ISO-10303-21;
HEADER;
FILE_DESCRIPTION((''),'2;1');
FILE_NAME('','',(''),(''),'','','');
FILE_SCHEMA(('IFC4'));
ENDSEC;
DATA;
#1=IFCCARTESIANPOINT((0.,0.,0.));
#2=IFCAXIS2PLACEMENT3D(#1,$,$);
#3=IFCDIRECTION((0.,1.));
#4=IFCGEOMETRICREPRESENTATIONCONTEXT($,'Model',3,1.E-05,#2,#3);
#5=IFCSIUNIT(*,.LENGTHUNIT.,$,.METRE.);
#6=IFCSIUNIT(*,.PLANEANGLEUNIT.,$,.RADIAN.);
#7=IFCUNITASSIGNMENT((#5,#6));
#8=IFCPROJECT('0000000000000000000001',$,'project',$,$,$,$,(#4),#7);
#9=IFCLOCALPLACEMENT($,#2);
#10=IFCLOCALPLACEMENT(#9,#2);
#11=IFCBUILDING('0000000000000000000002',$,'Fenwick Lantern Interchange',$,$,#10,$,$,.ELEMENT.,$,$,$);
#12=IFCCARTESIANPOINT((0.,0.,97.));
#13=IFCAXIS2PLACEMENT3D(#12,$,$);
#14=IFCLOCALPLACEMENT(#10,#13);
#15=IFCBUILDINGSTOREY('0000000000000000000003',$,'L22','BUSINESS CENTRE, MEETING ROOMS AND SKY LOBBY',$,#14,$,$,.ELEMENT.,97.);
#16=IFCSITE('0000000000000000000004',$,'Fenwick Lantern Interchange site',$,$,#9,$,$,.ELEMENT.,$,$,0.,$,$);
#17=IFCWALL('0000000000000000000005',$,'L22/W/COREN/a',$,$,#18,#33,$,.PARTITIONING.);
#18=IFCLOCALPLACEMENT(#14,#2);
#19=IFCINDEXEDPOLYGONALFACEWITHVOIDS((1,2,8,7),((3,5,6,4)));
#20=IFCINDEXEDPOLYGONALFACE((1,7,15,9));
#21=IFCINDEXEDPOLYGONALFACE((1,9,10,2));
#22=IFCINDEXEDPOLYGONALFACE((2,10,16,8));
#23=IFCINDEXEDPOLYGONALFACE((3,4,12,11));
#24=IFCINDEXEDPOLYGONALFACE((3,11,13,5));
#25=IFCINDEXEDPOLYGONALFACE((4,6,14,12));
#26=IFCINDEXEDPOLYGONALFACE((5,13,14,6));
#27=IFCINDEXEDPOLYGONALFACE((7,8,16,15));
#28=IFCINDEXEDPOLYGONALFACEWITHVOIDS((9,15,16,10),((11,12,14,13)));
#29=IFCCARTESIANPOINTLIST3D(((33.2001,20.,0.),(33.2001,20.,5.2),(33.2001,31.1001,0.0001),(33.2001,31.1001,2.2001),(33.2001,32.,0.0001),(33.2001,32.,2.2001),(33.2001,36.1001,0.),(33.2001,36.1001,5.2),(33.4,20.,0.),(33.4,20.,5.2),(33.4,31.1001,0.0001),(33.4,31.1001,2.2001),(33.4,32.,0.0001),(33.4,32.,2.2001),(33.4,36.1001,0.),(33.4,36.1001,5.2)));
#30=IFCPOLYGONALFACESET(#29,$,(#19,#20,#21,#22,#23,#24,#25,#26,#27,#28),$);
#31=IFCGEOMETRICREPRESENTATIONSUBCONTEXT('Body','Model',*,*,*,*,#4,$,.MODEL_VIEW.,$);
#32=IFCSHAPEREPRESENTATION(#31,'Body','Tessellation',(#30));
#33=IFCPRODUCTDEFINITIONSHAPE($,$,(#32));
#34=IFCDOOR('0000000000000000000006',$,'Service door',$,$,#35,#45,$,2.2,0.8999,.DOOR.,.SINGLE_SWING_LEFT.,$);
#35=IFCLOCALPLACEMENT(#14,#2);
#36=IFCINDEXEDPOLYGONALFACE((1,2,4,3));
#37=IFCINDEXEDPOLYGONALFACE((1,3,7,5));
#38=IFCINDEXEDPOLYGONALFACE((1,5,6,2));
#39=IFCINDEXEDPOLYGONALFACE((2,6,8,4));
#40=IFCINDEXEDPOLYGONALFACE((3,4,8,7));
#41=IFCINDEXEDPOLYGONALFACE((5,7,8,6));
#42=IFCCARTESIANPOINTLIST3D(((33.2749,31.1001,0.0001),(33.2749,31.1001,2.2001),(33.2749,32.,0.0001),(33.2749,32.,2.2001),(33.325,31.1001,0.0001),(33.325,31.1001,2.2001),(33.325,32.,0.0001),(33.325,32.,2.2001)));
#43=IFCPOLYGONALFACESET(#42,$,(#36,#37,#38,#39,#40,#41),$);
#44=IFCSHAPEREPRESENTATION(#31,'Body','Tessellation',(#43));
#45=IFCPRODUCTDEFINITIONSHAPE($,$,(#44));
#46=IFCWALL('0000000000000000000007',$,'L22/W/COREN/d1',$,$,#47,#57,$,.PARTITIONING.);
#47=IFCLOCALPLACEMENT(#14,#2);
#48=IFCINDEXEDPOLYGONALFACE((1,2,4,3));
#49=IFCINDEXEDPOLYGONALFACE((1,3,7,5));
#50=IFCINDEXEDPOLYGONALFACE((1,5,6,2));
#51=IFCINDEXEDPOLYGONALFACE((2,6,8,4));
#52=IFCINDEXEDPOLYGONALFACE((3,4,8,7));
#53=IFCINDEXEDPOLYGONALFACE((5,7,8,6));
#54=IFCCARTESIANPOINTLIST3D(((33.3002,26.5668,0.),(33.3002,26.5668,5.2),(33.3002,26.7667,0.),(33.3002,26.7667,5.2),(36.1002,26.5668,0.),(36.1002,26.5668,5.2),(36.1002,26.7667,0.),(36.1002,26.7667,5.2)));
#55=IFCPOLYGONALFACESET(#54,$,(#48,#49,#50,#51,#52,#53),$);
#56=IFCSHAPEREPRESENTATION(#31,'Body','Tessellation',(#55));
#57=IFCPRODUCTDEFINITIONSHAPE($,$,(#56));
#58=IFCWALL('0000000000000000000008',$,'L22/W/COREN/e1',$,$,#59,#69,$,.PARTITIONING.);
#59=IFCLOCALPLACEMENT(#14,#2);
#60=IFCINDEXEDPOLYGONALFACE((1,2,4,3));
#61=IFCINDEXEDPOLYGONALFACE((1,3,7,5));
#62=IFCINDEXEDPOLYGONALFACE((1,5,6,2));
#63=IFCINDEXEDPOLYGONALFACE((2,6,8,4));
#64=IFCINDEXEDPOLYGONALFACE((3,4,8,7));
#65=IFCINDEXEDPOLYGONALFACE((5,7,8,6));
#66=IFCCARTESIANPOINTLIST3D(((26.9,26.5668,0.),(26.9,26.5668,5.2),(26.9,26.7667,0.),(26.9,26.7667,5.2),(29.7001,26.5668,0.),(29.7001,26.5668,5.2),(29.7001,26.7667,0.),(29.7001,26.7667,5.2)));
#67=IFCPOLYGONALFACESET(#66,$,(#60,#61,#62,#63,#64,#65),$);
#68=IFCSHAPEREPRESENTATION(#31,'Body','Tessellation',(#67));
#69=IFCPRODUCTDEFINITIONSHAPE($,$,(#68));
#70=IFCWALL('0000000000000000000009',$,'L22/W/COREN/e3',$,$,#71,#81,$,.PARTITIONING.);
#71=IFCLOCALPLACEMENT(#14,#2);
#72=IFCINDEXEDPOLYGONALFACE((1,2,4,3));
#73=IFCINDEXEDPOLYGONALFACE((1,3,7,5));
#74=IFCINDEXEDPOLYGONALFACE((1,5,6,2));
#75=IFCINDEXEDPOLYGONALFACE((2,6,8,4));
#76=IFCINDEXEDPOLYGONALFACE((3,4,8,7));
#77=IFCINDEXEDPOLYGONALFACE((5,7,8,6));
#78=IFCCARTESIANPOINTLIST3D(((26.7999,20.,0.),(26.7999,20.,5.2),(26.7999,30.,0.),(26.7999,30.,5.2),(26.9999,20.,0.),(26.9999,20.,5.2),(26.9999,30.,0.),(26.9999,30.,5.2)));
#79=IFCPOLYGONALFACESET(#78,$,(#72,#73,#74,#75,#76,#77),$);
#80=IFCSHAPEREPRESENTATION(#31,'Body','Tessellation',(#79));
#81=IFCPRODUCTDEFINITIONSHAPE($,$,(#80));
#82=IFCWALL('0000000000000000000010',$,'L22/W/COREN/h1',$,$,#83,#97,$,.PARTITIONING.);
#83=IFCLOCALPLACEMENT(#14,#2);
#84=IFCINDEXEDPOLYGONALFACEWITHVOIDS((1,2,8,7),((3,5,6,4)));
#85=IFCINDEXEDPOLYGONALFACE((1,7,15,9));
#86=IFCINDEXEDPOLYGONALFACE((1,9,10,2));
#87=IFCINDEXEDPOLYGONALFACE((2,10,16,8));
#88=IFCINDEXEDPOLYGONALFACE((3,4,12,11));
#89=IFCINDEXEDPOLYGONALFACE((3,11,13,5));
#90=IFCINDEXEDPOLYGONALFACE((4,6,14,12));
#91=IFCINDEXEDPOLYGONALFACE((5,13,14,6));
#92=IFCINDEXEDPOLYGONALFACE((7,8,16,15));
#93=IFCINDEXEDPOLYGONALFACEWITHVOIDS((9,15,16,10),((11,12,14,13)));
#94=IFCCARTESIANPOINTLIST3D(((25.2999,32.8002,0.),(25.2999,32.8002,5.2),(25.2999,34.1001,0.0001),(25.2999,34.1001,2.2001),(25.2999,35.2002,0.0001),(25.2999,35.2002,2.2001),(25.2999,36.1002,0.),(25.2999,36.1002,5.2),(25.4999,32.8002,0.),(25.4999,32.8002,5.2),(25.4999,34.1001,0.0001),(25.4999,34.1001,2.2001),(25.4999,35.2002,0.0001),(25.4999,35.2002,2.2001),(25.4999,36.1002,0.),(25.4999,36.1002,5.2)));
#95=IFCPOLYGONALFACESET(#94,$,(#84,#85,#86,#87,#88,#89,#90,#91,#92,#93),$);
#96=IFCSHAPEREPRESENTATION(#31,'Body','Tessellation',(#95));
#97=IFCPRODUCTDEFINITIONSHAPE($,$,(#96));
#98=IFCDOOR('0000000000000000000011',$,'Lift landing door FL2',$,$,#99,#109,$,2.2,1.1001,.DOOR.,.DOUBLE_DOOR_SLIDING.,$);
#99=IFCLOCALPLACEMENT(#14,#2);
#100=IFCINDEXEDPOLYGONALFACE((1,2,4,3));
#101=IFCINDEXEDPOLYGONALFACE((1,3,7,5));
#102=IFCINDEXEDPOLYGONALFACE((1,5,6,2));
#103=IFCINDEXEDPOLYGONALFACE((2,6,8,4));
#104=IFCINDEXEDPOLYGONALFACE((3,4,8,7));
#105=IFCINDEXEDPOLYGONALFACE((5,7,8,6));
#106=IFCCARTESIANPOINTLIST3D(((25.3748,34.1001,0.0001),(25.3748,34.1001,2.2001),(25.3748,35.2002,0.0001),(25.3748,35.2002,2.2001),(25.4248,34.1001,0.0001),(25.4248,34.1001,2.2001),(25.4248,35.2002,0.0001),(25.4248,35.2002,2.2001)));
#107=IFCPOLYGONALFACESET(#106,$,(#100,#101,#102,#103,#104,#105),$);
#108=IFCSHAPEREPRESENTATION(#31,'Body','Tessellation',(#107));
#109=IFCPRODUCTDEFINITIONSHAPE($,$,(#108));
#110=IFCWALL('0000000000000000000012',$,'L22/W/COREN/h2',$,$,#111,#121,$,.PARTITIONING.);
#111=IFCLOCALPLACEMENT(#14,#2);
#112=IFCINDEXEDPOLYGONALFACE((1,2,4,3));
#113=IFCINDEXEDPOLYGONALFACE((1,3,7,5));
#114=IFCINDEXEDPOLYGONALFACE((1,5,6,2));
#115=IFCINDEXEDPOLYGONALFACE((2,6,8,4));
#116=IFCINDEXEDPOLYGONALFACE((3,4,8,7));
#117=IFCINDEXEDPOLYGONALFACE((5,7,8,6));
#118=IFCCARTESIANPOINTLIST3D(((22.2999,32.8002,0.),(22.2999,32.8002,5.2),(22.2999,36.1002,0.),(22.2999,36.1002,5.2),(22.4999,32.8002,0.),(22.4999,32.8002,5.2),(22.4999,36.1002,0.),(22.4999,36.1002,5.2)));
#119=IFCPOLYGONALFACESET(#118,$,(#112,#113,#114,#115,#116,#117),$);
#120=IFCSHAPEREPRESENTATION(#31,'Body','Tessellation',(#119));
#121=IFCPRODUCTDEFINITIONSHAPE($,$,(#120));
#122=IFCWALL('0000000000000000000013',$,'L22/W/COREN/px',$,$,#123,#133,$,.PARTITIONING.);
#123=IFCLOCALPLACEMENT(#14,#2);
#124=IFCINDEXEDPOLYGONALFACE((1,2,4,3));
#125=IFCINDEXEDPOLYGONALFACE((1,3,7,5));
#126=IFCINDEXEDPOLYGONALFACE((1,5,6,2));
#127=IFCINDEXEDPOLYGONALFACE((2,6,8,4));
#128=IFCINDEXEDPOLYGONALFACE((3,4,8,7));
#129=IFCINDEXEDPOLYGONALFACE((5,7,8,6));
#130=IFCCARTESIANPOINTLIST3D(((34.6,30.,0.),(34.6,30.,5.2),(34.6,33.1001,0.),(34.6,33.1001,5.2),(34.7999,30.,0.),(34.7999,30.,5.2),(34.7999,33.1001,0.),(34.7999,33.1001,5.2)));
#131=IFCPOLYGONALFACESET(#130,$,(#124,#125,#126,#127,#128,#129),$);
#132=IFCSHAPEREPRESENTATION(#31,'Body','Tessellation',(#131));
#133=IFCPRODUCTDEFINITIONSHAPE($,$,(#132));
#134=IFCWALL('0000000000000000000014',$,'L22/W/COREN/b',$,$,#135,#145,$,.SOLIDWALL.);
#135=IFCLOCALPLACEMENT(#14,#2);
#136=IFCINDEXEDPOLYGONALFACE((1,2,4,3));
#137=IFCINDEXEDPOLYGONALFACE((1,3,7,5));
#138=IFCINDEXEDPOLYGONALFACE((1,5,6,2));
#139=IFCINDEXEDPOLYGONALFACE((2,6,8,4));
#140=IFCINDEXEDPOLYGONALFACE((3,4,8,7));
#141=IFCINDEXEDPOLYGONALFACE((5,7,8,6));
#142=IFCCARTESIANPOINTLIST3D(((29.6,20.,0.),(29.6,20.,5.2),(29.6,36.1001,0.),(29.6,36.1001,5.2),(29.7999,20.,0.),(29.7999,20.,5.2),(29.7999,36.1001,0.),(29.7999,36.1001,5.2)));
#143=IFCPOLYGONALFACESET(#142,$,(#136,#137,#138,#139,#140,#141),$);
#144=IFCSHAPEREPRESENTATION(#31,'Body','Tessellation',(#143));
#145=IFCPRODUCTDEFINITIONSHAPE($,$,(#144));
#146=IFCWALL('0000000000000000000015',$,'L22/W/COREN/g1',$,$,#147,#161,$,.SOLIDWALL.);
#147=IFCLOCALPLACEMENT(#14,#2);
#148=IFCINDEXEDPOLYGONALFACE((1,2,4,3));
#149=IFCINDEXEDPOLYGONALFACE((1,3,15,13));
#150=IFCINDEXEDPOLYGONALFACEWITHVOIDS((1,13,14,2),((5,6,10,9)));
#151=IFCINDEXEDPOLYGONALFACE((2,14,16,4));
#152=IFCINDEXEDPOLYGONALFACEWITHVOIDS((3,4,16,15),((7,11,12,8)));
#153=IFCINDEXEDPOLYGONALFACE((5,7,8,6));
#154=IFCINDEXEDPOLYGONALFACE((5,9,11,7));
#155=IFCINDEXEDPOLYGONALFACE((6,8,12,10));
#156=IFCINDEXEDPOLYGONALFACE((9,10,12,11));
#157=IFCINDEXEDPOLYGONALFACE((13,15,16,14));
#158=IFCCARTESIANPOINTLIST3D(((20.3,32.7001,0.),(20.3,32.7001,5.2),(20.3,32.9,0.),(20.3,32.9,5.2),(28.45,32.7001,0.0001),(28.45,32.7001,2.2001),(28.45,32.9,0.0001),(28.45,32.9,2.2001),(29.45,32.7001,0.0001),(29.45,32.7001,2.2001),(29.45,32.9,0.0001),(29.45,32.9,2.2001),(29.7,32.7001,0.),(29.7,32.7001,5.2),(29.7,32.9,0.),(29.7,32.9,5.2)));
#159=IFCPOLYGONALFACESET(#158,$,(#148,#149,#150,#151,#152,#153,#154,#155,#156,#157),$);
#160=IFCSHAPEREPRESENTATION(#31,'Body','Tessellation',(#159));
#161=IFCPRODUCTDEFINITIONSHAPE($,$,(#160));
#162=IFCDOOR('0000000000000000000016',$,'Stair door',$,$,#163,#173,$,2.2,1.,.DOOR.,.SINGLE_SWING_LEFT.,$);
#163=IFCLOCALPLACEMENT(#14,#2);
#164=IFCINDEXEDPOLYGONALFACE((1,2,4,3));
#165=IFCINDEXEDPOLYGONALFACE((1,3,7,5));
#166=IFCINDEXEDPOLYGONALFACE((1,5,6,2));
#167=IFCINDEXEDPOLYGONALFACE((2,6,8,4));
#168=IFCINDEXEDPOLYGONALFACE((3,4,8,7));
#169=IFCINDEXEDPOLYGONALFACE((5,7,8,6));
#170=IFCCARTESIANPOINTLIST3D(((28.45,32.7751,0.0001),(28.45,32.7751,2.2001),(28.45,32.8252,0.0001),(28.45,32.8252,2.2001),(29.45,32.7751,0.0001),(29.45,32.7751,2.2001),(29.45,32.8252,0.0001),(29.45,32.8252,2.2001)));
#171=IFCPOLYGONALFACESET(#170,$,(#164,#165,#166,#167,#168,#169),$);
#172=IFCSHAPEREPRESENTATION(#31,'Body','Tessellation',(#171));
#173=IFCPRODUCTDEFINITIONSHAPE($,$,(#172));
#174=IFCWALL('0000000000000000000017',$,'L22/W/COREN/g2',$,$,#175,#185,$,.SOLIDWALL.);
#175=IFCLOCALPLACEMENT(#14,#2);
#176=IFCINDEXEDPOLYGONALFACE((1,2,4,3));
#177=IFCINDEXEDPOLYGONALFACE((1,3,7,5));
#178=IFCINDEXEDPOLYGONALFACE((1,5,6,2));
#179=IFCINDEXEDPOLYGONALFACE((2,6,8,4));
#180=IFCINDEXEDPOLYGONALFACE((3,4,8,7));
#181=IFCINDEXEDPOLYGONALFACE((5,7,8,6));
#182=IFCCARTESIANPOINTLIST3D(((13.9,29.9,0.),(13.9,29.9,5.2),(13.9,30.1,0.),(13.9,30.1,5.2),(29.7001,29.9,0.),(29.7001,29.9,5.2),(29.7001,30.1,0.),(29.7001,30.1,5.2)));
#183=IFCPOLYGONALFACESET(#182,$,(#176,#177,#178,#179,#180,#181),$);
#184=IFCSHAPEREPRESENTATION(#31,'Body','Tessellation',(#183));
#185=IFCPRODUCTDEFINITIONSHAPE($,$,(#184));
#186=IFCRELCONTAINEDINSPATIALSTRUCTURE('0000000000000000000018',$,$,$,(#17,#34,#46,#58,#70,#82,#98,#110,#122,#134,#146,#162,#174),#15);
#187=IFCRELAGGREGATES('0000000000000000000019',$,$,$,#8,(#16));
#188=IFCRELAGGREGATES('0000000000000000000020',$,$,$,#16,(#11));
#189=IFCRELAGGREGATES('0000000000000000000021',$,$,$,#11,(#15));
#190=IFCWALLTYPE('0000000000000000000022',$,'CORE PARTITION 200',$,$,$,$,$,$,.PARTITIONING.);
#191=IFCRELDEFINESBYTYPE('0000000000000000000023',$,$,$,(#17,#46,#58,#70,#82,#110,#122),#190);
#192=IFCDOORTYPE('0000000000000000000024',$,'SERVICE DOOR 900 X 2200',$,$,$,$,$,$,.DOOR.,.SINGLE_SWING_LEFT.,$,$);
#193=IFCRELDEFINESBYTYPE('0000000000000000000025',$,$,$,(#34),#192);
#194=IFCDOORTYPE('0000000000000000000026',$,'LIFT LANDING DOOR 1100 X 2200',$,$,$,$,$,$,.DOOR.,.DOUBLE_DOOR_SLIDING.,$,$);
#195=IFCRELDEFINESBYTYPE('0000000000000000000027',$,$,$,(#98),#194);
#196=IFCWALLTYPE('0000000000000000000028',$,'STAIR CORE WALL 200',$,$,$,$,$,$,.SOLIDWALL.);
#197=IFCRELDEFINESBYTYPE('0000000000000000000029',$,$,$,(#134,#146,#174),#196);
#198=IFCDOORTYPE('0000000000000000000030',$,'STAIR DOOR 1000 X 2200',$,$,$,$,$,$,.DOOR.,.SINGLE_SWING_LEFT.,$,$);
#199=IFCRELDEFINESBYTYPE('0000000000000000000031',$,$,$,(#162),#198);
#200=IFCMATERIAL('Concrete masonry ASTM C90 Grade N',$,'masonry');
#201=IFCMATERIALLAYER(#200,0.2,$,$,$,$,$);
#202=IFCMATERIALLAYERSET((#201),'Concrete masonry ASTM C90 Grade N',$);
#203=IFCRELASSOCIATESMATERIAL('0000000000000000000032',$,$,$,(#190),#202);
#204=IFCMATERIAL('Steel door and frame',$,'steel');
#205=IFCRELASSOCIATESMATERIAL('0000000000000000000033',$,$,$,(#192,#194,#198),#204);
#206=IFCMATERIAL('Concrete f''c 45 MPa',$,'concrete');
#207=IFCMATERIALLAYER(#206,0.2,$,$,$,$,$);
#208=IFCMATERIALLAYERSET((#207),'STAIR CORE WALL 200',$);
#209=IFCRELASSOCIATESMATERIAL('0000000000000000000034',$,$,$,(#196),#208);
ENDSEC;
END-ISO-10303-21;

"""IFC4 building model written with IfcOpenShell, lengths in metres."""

from ifc_helpers import new_model, si_unit, direction, frame, frame_2d, origin, place, context, subcontext, project, spatial, rectangle, extrude, material, layer, layer_set, type_object, element, fill, save


model = new_model("IFC4")

# Units and contexts
model_context = context("Model", 3, precision=1e-05, world=origin(), true_north=direction((0.0, 1.0)))
body_context = subcontext(model_context, "Body", "Model", "MODEL_VIEW")
ifc_project = project(units=[si_unit("LENGTHUNIT", "METRE"), si_unit("PLANEANGLEUNIT", "RADIAN")], contexts=[model_context])

# Site, building, storey
site_placement = place(None, origin())
site = spatial("IfcSite", under=ifc_project, at=site_placement, Name="Fenwick Lantern Interchange site", CompositionType="ELEMENT", RefElevation=0.0)
building_placement = place(site_placement, origin())
building = spatial("IfcBuilding", under=site, at=building_placement, Name="Fenwick Lantern Interchange", CompositionType="ELEMENT")
storey_placement = place(building_placement, frame((0.0, 0.0, 97.0)))
storey = spatial("IfcBuildingStorey", under=building, at=storey_placement, Name="L22", Description="BUSINESS CENTRE, MEETING ROOMS AND SKY LOBBY", CompositionType="ELEMENT", Elevation=97.0)

# Wall, opening, door
ifc_material_1 = material(Name="Concrete masonry ASTM C90 Grade N", Category="masonry")
ifc_layer_1 = layer(ifc_material_1, 0.2)
ifc_layer_set_1 = layer_set([ifc_layer_1], Name="Concrete masonry ASTM C90 Grade N")
wall_type_1 = type_object("IfcWallType", Name="CORE PARTITION 200", PredefinedType="PARTITIONING", material=ifc_layer_set_1)
wall_1_placement = place(storey_placement, frame((33.3, 36.1001, 0.0), z_axis=(0.0, 0.0, 1.0), x_axis=(0.0, -1.0, 0.0)))
wall_1 = element("IfcWall", 1, at=wall_1_placement, inside=storey, type_object=wall_type_1, Name="L22/W/COREN/a", PredefinedType="PARTITIONING", context=body_context, shape_type="SweptSolid", body=[
    extrude(rectangle(XDim=16.1001, YDim=0.2, at=frame_2d((8.05, 0.0))), origin(), (0.0, 0.0, 1.0), 5.2),
])
opening_1_placement = place(wall_1_placement, frame((4.1001, 0.0, 0.0)))
opening_1 = element("IfcOpeningElement", 2, at=opening_1_placement, cuts=wall_1, PredefinedType="OPENING", context=body_context, shape_type="SweptSolid", body=[
    extrude(rectangle(XDim=0.8999, YDim=2.2, at=frame_2d((0.45, 1.1001))), frame((0.0, 0.1099, 0.0), z_axis=(0.0, -1.0, 0.0), x_axis=(1.0, 0.0, 0.0)), (0.0, 0.0, 1.0), 0.22),
])
ifc_material_2 = material(Name="Steel door and frame", Category="steel")
door_type_1 = type_object("IfcDoorType", Name="SERVICE DOOR 900 X 2200", OperationType="SINGLE_SWING_LEFT", PredefinedType="DOOR", material=ifc_material_2)
door_1_placement = place(opening_1_placement, origin())
door_1 = element("IfcDoor", 3, at=door_1_placement, inside=storey, type_object=door_type_1, Name="Service door", OperationType="SINGLE_SWING_LEFT", OverallHeight=2.2, OverallWidth=0.8999, PredefinedType="DOOR", context=body_context, shape_type="SweptSolid", body=[
    extrude(rectangle(XDim=0.8999, YDim=2.2, at=frame_2d((0.45, 1.1001))), frame((0.0, 0.0249, 0.0), z_axis=(0.0, -1.0, 0.0), x_axis=(1.0, 0.0, 0.0)), (0.0, 0.0, 1.0), 0.05),
])
fill(opening_1, door_1)

# Walls
for number, where, z_axis, x_axis, name in (
    (4, (36.1001, 26.6667, 0.0), (0.0, 0.0, 1.0), (-1.0, 0.0, 0.0), "L22/W/COREN/d1"),
    (5, (29.7, 26.6667, 0.0), (0.0, 0.0, 1.0), (-1.0, 0.0, 0.0), "L22/W/COREN/e1"),
):
    element("IfcWall", number, at=place(storey_placement, frame(where, z_axis=z_axis, x_axis=x_axis)), inside=storey, type_object=wall_type_1, Name=name, PredefinedType="PARTITIONING", context=body_context, shape_type="SweptSolid", body=[
        extrude(rectangle(XDim=2.8, YDim=0.2, at=frame_2d((1.3999, 0.0))), origin(), (0.0, 0.0, 1.0), 5.2),
    ])
wall_2_placement = place(storey_placement, frame((26.8999, 30.0, 0.0), z_axis=(0.0, 0.0, 1.0), x_axis=(0.0, -1.0, 0.0)))
element("IfcWall", 6, at=wall_2_placement, inside=storey, type_object=wall_type_1, Name="L22/W/COREN/e3", PredefinedType="PARTITIONING", context=body_context, shape_type="SweptSolid", body=[
    extrude(rectangle(XDim=10.0, YDim=0.2, at=frame_2d((5.0, 0.0))), origin(), (0.0, 0.0, 1.0), 5.2),
])

# Wall, opening, door
wall_3_placement = place(storey_placement, frame((25.3999, 36.1001, 0.0), z_axis=(0.0, 0.0, 1.0), x_axis=(0.0, -1.0, 0.0)))
wall_3 = element("IfcWall", 7, at=wall_3_placement, inside=storey, type_object=wall_type_1, Name="L22/W/COREN/h1", PredefinedType="PARTITIONING", context=body_context, shape_type="SweptSolid", body=[
    extrude(rectangle(XDim=3.3, YDim=0.2, at=frame_2d((1.6499, 0.0))), origin(), (0.0, 0.0, 1.0), 5.2),
])
opening_2_placement = place(wall_3_placement, frame((0.8999, 0.0, 0.0)))
opening_2 = element("IfcOpeningElement", 8, at=opening_2_placement, cuts=wall_3, PredefinedType="OPENING", context=body_context, shape_type="SweptSolid", body=[
    extrude(rectangle(XDim=1.1001, YDim=2.2, at=frame_2d((0.55, 1.1001))), frame((0.0, 0.1099, 0.0), z_axis=(0.0, -1.0, 0.0), x_axis=(1.0, 0.0, 0.0)), (0.0, 0.0, 1.0), 0.22),
])
door_type_2 = type_object("IfcDoorType", Name="LIFT LANDING DOOR 1100 X 2200", OperationType="DOUBLE_DOOR_SLIDING", PredefinedType="DOOR", material=ifc_material_2)
door_2_placement = place(opening_2_placement, origin())
door_2 = element("IfcDoor", 9, at=door_2_placement, inside=storey, type_object=door_type_2, Name="Lift landing door FL2", OperationType="DOUBLE_DOOR_SLIDING", OverallHeight=2.2, OverallWidth=1.1001, PredefinedType="DOOR", context=body_context, shape_type="SweptSolid", body=[
    extrude(rectangle(XDim=1.1001, YDim=2.2, at=frame_2d((0.55, 1.1001))), frame((0.0, 0.0249, 0.0), z_axis=(0.0, -1.0, 0.0), x_axis=(1.0, 0.0, 0.0)), (0.0, 0.0, 1.0), 0.05),
])
fill(opening_2, door_2)

# Walls
wall_4_placement = place(storey_placement, frame((22.3999, 36.1001, 0.0), z_axis=(0.0, 0.0, 1.0), x_axis=(0.0, -1.0, 0.0)))
element("IfcWall", 10, at=wall_4_placement, inside=storey, type_object=wall_type_1, Name="L22/W/COREN/h2", PredefinedType="PARTITIONING", context=body_context, shape_type="SweptSolid", body=[
    extrude(rectangle(XDim=3.3, YDim=0.2, at=frame_2d((1.6499, 0.0))), origin(), (0.0, 0.0, 1.0), 5.2),
])
wall_5_placement = place(storey_placement, frame((34.7, 33.1001, 0.0), z_axis=(0.0, 0.0, 1.0), x_axis=(0.0, -1.0, 0.0)))
element("IfcWall", 11, at=wall_5_placement, inside=storey, type_object=wall_type_1, Name="L22/W/COREN/px", PredefinedType="PARTITIONING", context=body_context, shape_type="SweptSolid", body=[
    extrude(rectangle(XDim=3.1001, YDim=0.2, at=frame_2d((1.55, 0.0))), origin(), (0.0, 0.0, 1.0), 5.2),
])
ifc_material_3 = material(Name="Concrete f'c 45 MPa", Category="concrete")
ifc_layer_2 = layer(ifc_material_3, 0.2)
ifc_layer_set_2 = layer_set([ifc_layer_2], Name="STAIR CORE WALL 200")
wall_type_2 = type_object("IfcWallType", Name="STAIR CORE WALL 200", PredefinedType="SOLIDWALL", material=ifc_layer_set_2)
wall_6_placement = place(storey_placement, frame((29.7, 36.1001, 0.0), z_axis=(0.0, 0.0, 1.0), x_axis=(0.0, -1.0, 0.0)))
element("IfcWall", 12, at=wall_6_placement, inside=storey, type_object=wall_type_2, Name="L22/W/COREN/b", PredefinedType="SOLIDWALL", context=body_context, shape_type="SweptSolid", body=[
    extrude(rectangle(XDim=16.1001, YDim=0.2, at=frame_2d((8.05, 0.0))), origin(), (0.0, 0.0, 1.0), 5.2),
])

# Wall, opening, door
wall_7_placement = place(storey_placement, frame((29.7, 32.8, 0.0), z_axis=(0.0, 0.0, 1.0), x_axis=(-1.0, 0.0, 0.0)))
wall_7 = element("IfcWall", 13, at=wall_7_placement, inside=storey, type_object=wall_type_2, Name="L22/W/COREN/g1", PredefinedType="SOLIDWALL", context=body_context, shape_type="SweptSolid", body=[
    extrude(rectangle(XDim=9.3999, YDim=0.2, at=frame_2d((4.7, 0.0))), origin(), (0.0, 0.0, 1.0), 5.2),
])
opening_3_placement = place(wall_7_placement, frame((0.25, 0.0, 0.0)))
opening_3 = element("IfcOpeningElement", 14, at=opening_3_placement, cuts=wall_7, PredefinedType="OPENING", context=body_context, shape_type="SweptSolid", body=[
    extrude(rectangle(XDim=1.0, YDim=2.2, at=frame_2d((0.5, 1.1001))), frame((0.0, 0.1099, 0.0), z_axis=(0.0, -1.0, 0.0), x_axis=(1.0, 0.0, 0.0)), (0.0, 0.0, 1.0), 0.22),
])
door_type_3 = type_object("IfcDoorType", Name="STAIR DOOR 1000 X 2200", OperationType="SINGLE_SWING_LEFT", PredefinedType="DOOR", material=ifc_material_2)
door_3_placement = place(opening_3_placement, origin())
door_3 = element("IfcDoor", 15, at=door_3_placement, inside=storey, type_object=door_type_3, Name="Stair door", OperationType="SINGLE_SWING_LEFT", OverallHeight=2.2, OverallWidth=1.0, PredefinedType="DOOR", context=body_context, shape_type="SweptSolid", body=[
    extrude(rectangle(XDim=1.0, YDim=2.2, at=frame_2d((0.5, 1.1001))), frame((0.0, 0.0249, 0.0), z_axis=(0.0, -1.0, 0.0), x_axis=(1.0, 0.0, 0.0)), (0.0, 0.0, 1.0), 0.05),
])
fill(opening_3, door_3)

# Wall
wall_8_placement = place(storey_placement, frame((29.7, 30.0, 0.0), z_axis=(0.0, 0.0, 1.0), x_axis=(-1.0, 0.0, 0.0)))
element("IfcWall", 16, at=wall_8_placement, inside=storey, type_object=wall_type_2, Name="L22/W/COREN/g2", PredefinedType="SOLIDWALL", context=body_context, shape_type="SweptSolid", body=[
    extrude(rectangle(XDim=15.8, YDim=0.2, at=frame_2d((7.8999, 0.0))), origin(), (0.0, 0.0, 1.0), 5.2),
])

save(model, "model.ifc")
